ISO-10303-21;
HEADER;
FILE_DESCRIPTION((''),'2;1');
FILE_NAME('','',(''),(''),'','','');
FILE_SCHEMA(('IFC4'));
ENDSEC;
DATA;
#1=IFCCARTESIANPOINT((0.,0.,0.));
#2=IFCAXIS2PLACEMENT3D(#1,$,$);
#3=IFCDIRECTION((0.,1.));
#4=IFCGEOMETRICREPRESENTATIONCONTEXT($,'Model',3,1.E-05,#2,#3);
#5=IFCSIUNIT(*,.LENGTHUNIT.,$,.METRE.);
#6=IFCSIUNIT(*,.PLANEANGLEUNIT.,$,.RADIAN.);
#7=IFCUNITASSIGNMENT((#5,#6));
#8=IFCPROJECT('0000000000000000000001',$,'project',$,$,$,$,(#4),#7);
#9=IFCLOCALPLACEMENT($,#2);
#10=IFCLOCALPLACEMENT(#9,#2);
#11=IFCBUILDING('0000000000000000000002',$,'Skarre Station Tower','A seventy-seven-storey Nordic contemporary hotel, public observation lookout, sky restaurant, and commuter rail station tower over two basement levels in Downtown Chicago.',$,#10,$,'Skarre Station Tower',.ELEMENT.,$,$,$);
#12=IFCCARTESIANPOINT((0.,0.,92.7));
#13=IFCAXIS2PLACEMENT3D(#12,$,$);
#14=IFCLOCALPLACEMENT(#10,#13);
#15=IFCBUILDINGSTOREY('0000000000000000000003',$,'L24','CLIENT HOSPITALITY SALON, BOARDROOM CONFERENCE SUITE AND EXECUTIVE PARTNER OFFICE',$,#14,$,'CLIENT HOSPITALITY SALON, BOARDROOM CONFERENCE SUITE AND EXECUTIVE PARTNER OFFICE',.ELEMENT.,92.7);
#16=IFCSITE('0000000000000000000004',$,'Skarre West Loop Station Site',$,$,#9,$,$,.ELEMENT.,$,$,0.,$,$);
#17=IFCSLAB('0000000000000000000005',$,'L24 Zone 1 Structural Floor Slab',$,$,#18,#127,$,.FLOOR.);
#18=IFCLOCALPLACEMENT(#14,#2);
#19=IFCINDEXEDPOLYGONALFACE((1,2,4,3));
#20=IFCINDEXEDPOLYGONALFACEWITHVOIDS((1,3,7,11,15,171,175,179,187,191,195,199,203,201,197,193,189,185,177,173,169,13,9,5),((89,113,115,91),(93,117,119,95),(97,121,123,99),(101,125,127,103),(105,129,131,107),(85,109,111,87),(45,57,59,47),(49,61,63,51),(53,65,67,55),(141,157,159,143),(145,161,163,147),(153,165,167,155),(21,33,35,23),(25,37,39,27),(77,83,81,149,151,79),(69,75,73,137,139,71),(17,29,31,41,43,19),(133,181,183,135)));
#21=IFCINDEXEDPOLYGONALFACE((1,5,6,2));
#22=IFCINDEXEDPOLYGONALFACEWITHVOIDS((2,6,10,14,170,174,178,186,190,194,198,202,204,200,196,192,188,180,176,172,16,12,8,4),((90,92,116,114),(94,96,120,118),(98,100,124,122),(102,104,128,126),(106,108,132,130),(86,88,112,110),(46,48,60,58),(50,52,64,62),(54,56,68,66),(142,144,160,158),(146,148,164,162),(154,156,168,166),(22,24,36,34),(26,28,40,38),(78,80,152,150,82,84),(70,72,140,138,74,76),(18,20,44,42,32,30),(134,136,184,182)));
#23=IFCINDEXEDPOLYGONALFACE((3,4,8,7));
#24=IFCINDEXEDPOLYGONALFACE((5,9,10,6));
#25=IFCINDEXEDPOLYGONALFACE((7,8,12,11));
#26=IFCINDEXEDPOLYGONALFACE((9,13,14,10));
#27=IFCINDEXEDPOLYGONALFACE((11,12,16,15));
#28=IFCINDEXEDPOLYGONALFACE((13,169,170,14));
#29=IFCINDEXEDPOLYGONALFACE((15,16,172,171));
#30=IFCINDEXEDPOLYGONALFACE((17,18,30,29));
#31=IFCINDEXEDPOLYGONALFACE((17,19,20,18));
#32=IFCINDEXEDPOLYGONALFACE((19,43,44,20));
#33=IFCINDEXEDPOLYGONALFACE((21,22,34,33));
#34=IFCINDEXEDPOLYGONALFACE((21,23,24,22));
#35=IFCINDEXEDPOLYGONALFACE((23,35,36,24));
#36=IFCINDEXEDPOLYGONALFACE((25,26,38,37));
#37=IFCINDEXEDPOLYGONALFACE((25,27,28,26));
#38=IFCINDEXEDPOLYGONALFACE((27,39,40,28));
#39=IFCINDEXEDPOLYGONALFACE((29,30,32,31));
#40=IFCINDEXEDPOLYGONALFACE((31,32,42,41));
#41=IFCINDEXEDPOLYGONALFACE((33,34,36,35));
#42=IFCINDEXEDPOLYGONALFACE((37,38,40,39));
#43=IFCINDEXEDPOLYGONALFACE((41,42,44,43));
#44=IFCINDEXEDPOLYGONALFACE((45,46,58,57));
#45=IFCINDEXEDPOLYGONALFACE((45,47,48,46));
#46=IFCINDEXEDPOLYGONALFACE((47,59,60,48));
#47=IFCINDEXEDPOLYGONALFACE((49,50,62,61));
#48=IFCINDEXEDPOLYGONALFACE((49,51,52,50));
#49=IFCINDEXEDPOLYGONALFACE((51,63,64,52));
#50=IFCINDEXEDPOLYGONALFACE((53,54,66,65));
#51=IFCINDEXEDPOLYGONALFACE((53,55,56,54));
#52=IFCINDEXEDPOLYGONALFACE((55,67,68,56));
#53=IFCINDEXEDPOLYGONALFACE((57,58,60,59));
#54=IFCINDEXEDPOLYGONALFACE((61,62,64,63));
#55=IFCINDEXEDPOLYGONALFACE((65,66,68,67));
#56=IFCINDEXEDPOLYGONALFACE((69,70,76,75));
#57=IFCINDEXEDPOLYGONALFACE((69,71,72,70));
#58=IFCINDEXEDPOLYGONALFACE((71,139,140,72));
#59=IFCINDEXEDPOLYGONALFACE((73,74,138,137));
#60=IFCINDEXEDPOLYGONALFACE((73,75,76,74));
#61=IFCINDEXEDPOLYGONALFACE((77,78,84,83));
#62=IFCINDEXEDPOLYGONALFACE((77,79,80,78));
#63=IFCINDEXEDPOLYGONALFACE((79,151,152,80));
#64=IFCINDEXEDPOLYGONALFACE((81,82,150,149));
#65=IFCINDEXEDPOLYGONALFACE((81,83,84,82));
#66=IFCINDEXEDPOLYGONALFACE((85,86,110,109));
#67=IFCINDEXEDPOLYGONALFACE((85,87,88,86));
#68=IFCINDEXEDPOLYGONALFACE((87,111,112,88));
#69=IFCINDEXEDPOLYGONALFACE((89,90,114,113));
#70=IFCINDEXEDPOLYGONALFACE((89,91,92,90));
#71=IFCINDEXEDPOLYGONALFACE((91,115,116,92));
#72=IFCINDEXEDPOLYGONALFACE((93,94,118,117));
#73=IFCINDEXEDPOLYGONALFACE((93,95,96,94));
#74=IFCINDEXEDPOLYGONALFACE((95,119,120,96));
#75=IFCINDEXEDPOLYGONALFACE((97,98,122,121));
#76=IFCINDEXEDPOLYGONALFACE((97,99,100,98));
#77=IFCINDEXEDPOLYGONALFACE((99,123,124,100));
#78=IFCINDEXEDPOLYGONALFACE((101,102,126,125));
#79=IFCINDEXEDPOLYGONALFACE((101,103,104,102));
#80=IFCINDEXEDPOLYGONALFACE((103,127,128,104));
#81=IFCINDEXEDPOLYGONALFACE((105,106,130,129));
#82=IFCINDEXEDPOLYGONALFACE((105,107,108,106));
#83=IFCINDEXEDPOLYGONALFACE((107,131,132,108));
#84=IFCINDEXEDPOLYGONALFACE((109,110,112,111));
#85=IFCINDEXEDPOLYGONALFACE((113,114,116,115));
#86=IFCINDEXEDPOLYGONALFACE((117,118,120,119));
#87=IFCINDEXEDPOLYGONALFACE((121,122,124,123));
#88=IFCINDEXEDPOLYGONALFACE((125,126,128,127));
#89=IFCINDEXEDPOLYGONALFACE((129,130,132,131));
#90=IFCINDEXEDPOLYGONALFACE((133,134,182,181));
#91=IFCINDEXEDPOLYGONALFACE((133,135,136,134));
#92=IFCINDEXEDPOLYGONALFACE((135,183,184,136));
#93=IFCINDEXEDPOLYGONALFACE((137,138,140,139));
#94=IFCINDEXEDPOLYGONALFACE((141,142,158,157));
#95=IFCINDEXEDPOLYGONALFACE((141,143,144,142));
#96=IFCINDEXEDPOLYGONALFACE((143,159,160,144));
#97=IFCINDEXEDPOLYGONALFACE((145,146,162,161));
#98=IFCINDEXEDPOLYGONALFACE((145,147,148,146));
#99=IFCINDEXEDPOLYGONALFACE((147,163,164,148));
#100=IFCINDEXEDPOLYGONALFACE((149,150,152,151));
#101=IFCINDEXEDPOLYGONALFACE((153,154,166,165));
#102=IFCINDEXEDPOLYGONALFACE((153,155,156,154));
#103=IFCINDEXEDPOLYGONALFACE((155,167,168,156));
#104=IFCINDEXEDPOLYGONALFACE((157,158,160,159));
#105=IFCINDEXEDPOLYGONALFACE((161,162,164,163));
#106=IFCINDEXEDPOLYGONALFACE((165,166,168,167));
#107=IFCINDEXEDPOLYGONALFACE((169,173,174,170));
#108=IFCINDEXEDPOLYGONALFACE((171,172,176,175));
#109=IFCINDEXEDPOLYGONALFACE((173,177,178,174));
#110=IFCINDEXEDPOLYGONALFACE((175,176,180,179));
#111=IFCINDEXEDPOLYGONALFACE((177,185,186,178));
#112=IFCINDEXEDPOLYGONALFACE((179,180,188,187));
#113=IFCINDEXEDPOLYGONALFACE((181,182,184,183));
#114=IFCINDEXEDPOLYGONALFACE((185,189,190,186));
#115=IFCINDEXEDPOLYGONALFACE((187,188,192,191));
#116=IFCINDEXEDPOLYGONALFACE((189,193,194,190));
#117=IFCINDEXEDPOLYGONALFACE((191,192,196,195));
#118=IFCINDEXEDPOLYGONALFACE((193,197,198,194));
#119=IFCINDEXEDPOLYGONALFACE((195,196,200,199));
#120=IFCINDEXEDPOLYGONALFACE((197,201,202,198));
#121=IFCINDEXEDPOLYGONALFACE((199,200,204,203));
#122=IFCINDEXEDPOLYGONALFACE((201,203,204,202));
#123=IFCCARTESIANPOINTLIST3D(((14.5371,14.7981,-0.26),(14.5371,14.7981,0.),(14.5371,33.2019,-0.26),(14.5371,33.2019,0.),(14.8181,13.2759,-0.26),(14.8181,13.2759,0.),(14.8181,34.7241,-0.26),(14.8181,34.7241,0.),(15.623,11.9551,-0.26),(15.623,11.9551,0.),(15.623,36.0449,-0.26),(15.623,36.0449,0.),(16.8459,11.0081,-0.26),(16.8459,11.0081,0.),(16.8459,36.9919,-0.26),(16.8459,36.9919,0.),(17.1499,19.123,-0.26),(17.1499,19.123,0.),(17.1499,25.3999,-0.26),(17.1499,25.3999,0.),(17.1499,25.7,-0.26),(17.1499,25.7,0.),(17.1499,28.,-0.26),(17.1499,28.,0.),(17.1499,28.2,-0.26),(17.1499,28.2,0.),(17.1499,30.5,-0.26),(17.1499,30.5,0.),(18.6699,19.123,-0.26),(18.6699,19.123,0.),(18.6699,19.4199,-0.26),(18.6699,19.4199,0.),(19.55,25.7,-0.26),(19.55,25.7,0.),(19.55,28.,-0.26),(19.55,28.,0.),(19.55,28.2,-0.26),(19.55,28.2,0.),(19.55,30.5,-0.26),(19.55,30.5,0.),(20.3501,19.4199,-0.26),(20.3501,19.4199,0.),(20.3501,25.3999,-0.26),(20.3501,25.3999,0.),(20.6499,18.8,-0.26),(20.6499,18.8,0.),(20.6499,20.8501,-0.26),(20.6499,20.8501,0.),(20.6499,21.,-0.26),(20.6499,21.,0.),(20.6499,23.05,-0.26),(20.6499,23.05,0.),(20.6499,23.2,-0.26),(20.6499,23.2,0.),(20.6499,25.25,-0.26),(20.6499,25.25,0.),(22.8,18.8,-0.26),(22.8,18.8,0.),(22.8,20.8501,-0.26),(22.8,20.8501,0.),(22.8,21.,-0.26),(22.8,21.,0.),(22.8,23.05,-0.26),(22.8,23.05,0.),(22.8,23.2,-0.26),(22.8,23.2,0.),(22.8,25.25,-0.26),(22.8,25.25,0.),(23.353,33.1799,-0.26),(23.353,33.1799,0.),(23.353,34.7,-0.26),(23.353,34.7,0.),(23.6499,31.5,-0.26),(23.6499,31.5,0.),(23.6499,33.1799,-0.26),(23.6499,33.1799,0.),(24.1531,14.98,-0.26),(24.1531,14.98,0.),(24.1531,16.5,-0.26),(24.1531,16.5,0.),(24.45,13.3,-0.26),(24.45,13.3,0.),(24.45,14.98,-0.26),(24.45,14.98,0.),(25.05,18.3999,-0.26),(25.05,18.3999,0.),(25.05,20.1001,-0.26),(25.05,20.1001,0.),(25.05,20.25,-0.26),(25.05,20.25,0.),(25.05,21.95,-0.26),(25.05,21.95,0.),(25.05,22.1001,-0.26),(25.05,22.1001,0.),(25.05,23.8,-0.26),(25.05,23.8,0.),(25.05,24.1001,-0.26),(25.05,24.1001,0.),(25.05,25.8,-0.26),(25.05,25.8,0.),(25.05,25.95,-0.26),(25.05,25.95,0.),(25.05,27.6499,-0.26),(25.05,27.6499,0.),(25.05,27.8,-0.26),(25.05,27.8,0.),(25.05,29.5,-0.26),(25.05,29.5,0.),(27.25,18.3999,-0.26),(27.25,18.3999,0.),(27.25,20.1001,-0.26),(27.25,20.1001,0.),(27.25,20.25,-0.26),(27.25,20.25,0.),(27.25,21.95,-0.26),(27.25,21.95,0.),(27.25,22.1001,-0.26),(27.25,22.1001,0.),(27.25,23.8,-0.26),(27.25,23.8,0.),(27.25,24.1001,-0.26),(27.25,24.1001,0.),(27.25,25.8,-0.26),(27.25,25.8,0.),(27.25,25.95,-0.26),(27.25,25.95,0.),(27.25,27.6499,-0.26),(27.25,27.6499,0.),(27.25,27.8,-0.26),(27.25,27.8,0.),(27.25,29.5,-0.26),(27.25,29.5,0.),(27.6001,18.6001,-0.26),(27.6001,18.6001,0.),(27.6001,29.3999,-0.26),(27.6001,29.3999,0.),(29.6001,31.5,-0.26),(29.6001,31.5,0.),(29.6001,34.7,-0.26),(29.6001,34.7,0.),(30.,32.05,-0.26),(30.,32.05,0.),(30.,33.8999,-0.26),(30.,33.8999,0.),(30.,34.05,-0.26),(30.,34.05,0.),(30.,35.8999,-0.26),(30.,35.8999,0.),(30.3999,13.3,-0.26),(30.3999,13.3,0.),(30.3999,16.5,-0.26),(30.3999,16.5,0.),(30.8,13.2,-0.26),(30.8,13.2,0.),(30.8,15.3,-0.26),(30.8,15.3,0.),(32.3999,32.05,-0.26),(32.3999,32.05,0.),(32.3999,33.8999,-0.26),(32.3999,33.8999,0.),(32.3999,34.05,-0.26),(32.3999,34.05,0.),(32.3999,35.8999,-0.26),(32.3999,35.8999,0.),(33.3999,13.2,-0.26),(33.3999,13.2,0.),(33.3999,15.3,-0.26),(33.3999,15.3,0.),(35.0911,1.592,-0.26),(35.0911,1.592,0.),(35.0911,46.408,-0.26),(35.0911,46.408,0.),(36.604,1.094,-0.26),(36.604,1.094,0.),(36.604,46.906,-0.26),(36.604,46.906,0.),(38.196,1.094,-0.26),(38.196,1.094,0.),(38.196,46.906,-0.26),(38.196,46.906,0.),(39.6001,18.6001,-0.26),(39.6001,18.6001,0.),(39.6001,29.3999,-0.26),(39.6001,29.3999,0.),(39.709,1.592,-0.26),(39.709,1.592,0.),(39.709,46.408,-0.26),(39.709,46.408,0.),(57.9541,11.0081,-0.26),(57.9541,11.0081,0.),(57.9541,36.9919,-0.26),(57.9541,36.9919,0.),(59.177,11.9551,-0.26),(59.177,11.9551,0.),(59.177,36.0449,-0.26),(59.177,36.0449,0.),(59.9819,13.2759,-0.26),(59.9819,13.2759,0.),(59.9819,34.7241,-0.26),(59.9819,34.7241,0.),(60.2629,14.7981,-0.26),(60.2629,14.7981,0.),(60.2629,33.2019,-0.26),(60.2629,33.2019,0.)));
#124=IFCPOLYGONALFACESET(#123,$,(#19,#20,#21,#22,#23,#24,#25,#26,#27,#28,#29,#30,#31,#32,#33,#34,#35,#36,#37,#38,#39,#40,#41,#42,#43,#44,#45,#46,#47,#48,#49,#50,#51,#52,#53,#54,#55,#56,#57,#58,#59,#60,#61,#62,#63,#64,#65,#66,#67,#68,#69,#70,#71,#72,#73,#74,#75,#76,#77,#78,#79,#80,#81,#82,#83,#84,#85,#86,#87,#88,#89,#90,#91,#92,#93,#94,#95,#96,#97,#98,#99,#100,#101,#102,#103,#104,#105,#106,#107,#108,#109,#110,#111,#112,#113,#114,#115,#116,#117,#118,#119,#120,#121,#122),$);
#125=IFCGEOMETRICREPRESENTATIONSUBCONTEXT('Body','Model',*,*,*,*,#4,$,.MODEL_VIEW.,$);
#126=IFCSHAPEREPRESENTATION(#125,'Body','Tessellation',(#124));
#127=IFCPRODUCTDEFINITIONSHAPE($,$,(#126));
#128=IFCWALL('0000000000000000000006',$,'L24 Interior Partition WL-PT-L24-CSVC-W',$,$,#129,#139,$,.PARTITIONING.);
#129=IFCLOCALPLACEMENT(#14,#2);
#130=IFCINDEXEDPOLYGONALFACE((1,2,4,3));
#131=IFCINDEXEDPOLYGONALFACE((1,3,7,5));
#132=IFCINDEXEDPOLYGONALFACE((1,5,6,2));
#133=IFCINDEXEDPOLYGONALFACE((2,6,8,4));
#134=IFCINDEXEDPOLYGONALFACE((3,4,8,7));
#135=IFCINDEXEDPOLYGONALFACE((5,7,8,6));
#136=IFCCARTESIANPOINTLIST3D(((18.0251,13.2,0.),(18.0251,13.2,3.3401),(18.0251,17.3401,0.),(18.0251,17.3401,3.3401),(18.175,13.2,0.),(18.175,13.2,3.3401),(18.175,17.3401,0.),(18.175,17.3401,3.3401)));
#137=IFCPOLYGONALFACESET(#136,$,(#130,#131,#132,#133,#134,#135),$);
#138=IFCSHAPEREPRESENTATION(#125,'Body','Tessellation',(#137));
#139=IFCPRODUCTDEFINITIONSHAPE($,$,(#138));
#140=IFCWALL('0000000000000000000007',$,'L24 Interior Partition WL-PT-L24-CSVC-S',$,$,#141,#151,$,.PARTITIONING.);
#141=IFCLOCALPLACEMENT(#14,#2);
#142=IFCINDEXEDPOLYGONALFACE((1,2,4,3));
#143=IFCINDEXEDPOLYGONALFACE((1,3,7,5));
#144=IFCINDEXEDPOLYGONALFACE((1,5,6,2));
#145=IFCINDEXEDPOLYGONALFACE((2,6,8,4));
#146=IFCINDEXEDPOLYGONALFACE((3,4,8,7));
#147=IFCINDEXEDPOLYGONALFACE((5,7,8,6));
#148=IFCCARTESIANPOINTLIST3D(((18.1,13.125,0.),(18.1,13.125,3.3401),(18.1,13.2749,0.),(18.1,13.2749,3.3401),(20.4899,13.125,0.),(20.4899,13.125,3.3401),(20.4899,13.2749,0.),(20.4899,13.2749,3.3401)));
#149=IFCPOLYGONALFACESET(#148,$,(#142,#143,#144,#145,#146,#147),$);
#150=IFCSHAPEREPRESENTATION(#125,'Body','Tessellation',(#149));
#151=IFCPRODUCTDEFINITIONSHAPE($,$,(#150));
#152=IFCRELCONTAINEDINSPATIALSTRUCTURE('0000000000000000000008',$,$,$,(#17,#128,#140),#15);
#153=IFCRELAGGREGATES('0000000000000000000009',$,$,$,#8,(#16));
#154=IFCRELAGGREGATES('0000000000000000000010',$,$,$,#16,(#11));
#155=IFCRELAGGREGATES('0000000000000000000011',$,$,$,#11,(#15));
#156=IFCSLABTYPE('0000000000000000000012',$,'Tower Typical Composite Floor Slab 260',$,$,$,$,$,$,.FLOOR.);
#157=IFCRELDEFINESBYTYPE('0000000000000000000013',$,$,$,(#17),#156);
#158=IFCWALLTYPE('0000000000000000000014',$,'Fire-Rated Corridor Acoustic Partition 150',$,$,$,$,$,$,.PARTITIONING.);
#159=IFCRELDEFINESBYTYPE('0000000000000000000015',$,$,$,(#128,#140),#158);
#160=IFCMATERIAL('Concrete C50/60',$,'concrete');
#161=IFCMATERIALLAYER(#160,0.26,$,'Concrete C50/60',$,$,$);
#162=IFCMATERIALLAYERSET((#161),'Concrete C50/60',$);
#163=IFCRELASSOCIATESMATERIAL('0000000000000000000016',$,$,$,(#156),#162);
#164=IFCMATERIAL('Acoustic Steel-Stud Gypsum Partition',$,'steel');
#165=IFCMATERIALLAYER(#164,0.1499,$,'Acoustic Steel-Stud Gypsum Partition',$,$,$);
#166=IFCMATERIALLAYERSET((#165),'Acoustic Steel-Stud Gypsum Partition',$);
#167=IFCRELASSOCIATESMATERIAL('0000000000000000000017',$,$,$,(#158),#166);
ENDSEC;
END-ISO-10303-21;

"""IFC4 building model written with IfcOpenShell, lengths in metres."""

from ifc_helpers import new_model, si_unit, direction, frame, frame_2d, origin, place, context, subcontext, project, spatial, polyline, rectangle, outline, extrude, material, layer, layer_set, type_object, element, save


model = new_model("IFC4")

# Units and contexts
model_context = context("Model", 3, precision=1e-05, world=origin(), true_north=direction((0.0, 1.0)))
body_context = subcontext(model_context, "Body", "Model", "MODEL_VIEW")
ifc_project = project(units=[si_unit("LENGTHUNIT", "METRE"), si_unit("PLANEANGLEUNIT", "RADIAN")], contexts=[model_context])

# Site, building, storey
site_placement = place(None, origin())
site = spatial("IfcSite", under=ifc_project, at=site_placement, Name="Skarre West Loop Station Site", CompositionType="ELEMENT", RefElevation=0.0)
building_placement = place(site_placement, origin())
building = spatial("IfcBuilding", under=site, at=building_placement, Name="Skarre Station Tower", Description="A seventy-seven-storey Nordic contemporary hotel, public observation lookout, sky restaurant, and commuter rail station tower over two basement levels in Downtown Chicago.", LongName="Skarre Station Tower", CompositionType="ELEMENT")
storey_placement = place(building_placement, frame((0.0, 0.0, 92.7)))
storey = spatial("IfcBuildingStorey", under=building, at=storey_placement, Name="L24", Description="CLIENT HOSPITALITY SALON, BOARDROOM CONFERENCE SUITE AND EXECUTIVE PARTNER OFFICE", LongName="CLIENT HOSPITALITY SALON, BOARDROOM CONFERENCE SUITE AND EXECUTIVE PARTNER OFFICE", CompositionType="ELEMENT", Elevation=92.7)

# Slab
ifc_material_1 = material(Name="Concrete C50/60", Category="concrete")
ifc_layer_1 = layer(ifc_material_1, 0.26, Name="Concrete C50/60")
ifc_layer_set_1 = layer_set([ifc_layer_1], Name="Concrete C50/60")
slab_type_1 = type_object("IfcSlabType", Name="Tower Typical Composite Floor Slab 260", PredefinedType="FLOOR", material=ifc_layer_set_1)
slab_1_placement = place(storey_placement, frame((0.0, 0.0, -0.26)))
element("IfcSlab", 1, at=slab_1_placement, inside=storey, type_object=slab_type_1, Name="L24 Zone 1 Structural Floor Slab", PredefinedType="FLOOR", context=body_context, shape_type="SweptSolid", body=[
    extrude(outline(polyline([(60.2629, 33.2019), (59.9819, 34.7241), (59.177, 36.0449), (57.9541, 36.9919), (39.709, 46.408), (38.196, 46.906), (36.604, 46.906), (35.0911, 46.408), (16.8459, 36.9919), (15.623, 36.0449), (14.8181, 34.7241), (14.5371, 33.2019), (14.5371, 14.7981), (14.8181, 13.2759), (15.623, 11.9551), (16.8459, 11.0081), (35.0911, 1.592), (36.604, 1.094), (38.196, 1.094), (39.709, 1.592), (57.9541, 11.0081), (59.177, 11.9551), (59.9819, 13.2759), (60.2629, 14.7981), (60.2629, 33.2019)]), holes=[polyline([(18.6699, 19.4199), (18.6699, 19.123), (17.1499, 19.123), (17.1499, 25.3999), (20.3501, 25.3999), (20.3501, 19.4199), (18.6699, 19.4199)]), polyline([(24.45, 14.98), (24.1531, 14.98), (24.1531, 16.5), (30.3999, 16.5), (30.3999, 13.3), (24.45, 13.3), (24.45, 14.98)]), polyline([(23.6499, 33.1799), (23.353, 33.1799), (23.353, 34.7), (29.6001, 34.7), (29.6001, 31.5), (23.6499, 31.5), (23.6499, 33.1799)]), polyline([(17.1499, 28.0), (19.55, 28.0), (19.55, 25.7), (17.1499, 25.7), (17.1499, 28.0)]), polyline([(17.1499, 30.5), (19.55, 30.5), (19.55, 28.2), (17.1499, 28.2), (17.1499, 30.5)]), polyline([(30.8, 15.3), (33.3999, 15.3), (33.3999, 13.2), (30.8, 13.2), (30.8, 15.3)]), polyline([(25.05, 20.1001), (27.25, 20.1001), (27.25, 18.3999), (25.05, 18.3999), (25.05, 20.1001)]), polyline([(25.05, 21.95), (27.25, 21.95), (27.25, 20.25), (25.05, 20.25), (25.05, 21.95)]), polyline([(25.05, 23.8), (27.25, 23.8), (27.25, 22.1001), (25.05, 22.1001), (25.05, 23.8)]), polyline([(25.05, 25.8), (27.25, 25.8), (27.25, 24.1001), (25.05, 24.1001), (25.05, 25.8)]), polyline([(25.05, 27.6499), (27.25, 27.6499), (27.25, 25.95), (25.05, 25.95), (25.05, 27.6499)]), polyline([(25.05, 29.5), (27.25, 29.5), (27.25, 27.8), (25.05, 27.8), (25.05, 29.5)]), polyline([(20.6499, 20.8501), (22.8, 20.8501), (22.8, 18.8), (20.6499, 18.8), (20.6499, 20.8501)]), polyline([(20.6499, 23.05), (22.8, 23.05), (22.8, 21.0), (20.6499, 21.0), (20.6499, 23.05)]), polyline([(20.6499, 25.25), (22.8, 25.25), (22.8, 23.2), (20.6499, 23.2), (20.6499, 25.25)]), polyline([(30.0, 33.8999), (32.3999, 33.8999), (32.3999, 32.05), (30.0, 32.05), (30.0, 33.8999)]), polyline([(30.0, 35.8999), (32.3999, 35.8999), (32.3999, 34.05), (30.0, 34.05), (30.0, 35.8999)]), polyline([(27.6001, 29.3999), (39.6001, 29.3999), (39.6001, 18.6001), (27.6001, 18.6001), (27.6001, 29.3999)])]), origin(), (0.0, 0.0, 1.0), 0.26),
])

# Walls
ifc_material_2 = material(Name="Acoustic Steel-Stud Gypsum Partition", Category="steel")
ifc_layer_2 = layer(ifc_material_2, 0.1499, Name="Acoustic Steel-Stud Gypsum Partition")
ifc_layer_set_2 = layer_set([ifc_layer_2], Name="Acoustic Steel-Stud Gypsum Partition")
wall_type_1 = type_object("IfcWallType", Name="Fire-Rated Corridor Acoustic Partition 150", PredefinedType="PARTITIONING", material=ifc_layer_set_2)
wall_1_placement = place(storey_placement, frame((18.1001, 17.3401, 0.0), z_axis=(0.0, 0.0, 1.0), x_axis=(0.0, -1.0, 0.0)))
element("IfcWall", 2, at=wall_1_placement, inside=storey, type_object=wall_type_1, Name="L24 Interior Partition WL-PT-L24-CSVC-W", PredefinedType="PARTITIONING", context=body_context, shape_type="SweptSolid", body=[
    extrude(rectangle(XDim=4.1401, YDim=0.1499, at=frame_2d((2.0701, 0.0))), origin(), (0.0, 0.0, 1.0), 3.3401),
])
wall_2_placement = place(storey_placement, frame((18.1001, 13.2, 0.0), z_axis=(0.0, 0.0, 1.0), x_axis=(1.0, 0.0, 0.0)))
element("IfcWall", 3, at=wall_2_placement, inside=storey, type_object=wall_type_1, Name="L24 Interior Partition WL-PT-L24-CSVC-S", PredefinedType="PARTITIONING", context=body_context, shape_type="SweptSolid", body=[
    extrude(rectangle(XDim=2.3899, YDim=0.1499, at=frame_2d((1.1948, 0.0))), origin(), (0.0, 0.0, 1.0), 3.3401),
])

save(model, "model.ifc")
